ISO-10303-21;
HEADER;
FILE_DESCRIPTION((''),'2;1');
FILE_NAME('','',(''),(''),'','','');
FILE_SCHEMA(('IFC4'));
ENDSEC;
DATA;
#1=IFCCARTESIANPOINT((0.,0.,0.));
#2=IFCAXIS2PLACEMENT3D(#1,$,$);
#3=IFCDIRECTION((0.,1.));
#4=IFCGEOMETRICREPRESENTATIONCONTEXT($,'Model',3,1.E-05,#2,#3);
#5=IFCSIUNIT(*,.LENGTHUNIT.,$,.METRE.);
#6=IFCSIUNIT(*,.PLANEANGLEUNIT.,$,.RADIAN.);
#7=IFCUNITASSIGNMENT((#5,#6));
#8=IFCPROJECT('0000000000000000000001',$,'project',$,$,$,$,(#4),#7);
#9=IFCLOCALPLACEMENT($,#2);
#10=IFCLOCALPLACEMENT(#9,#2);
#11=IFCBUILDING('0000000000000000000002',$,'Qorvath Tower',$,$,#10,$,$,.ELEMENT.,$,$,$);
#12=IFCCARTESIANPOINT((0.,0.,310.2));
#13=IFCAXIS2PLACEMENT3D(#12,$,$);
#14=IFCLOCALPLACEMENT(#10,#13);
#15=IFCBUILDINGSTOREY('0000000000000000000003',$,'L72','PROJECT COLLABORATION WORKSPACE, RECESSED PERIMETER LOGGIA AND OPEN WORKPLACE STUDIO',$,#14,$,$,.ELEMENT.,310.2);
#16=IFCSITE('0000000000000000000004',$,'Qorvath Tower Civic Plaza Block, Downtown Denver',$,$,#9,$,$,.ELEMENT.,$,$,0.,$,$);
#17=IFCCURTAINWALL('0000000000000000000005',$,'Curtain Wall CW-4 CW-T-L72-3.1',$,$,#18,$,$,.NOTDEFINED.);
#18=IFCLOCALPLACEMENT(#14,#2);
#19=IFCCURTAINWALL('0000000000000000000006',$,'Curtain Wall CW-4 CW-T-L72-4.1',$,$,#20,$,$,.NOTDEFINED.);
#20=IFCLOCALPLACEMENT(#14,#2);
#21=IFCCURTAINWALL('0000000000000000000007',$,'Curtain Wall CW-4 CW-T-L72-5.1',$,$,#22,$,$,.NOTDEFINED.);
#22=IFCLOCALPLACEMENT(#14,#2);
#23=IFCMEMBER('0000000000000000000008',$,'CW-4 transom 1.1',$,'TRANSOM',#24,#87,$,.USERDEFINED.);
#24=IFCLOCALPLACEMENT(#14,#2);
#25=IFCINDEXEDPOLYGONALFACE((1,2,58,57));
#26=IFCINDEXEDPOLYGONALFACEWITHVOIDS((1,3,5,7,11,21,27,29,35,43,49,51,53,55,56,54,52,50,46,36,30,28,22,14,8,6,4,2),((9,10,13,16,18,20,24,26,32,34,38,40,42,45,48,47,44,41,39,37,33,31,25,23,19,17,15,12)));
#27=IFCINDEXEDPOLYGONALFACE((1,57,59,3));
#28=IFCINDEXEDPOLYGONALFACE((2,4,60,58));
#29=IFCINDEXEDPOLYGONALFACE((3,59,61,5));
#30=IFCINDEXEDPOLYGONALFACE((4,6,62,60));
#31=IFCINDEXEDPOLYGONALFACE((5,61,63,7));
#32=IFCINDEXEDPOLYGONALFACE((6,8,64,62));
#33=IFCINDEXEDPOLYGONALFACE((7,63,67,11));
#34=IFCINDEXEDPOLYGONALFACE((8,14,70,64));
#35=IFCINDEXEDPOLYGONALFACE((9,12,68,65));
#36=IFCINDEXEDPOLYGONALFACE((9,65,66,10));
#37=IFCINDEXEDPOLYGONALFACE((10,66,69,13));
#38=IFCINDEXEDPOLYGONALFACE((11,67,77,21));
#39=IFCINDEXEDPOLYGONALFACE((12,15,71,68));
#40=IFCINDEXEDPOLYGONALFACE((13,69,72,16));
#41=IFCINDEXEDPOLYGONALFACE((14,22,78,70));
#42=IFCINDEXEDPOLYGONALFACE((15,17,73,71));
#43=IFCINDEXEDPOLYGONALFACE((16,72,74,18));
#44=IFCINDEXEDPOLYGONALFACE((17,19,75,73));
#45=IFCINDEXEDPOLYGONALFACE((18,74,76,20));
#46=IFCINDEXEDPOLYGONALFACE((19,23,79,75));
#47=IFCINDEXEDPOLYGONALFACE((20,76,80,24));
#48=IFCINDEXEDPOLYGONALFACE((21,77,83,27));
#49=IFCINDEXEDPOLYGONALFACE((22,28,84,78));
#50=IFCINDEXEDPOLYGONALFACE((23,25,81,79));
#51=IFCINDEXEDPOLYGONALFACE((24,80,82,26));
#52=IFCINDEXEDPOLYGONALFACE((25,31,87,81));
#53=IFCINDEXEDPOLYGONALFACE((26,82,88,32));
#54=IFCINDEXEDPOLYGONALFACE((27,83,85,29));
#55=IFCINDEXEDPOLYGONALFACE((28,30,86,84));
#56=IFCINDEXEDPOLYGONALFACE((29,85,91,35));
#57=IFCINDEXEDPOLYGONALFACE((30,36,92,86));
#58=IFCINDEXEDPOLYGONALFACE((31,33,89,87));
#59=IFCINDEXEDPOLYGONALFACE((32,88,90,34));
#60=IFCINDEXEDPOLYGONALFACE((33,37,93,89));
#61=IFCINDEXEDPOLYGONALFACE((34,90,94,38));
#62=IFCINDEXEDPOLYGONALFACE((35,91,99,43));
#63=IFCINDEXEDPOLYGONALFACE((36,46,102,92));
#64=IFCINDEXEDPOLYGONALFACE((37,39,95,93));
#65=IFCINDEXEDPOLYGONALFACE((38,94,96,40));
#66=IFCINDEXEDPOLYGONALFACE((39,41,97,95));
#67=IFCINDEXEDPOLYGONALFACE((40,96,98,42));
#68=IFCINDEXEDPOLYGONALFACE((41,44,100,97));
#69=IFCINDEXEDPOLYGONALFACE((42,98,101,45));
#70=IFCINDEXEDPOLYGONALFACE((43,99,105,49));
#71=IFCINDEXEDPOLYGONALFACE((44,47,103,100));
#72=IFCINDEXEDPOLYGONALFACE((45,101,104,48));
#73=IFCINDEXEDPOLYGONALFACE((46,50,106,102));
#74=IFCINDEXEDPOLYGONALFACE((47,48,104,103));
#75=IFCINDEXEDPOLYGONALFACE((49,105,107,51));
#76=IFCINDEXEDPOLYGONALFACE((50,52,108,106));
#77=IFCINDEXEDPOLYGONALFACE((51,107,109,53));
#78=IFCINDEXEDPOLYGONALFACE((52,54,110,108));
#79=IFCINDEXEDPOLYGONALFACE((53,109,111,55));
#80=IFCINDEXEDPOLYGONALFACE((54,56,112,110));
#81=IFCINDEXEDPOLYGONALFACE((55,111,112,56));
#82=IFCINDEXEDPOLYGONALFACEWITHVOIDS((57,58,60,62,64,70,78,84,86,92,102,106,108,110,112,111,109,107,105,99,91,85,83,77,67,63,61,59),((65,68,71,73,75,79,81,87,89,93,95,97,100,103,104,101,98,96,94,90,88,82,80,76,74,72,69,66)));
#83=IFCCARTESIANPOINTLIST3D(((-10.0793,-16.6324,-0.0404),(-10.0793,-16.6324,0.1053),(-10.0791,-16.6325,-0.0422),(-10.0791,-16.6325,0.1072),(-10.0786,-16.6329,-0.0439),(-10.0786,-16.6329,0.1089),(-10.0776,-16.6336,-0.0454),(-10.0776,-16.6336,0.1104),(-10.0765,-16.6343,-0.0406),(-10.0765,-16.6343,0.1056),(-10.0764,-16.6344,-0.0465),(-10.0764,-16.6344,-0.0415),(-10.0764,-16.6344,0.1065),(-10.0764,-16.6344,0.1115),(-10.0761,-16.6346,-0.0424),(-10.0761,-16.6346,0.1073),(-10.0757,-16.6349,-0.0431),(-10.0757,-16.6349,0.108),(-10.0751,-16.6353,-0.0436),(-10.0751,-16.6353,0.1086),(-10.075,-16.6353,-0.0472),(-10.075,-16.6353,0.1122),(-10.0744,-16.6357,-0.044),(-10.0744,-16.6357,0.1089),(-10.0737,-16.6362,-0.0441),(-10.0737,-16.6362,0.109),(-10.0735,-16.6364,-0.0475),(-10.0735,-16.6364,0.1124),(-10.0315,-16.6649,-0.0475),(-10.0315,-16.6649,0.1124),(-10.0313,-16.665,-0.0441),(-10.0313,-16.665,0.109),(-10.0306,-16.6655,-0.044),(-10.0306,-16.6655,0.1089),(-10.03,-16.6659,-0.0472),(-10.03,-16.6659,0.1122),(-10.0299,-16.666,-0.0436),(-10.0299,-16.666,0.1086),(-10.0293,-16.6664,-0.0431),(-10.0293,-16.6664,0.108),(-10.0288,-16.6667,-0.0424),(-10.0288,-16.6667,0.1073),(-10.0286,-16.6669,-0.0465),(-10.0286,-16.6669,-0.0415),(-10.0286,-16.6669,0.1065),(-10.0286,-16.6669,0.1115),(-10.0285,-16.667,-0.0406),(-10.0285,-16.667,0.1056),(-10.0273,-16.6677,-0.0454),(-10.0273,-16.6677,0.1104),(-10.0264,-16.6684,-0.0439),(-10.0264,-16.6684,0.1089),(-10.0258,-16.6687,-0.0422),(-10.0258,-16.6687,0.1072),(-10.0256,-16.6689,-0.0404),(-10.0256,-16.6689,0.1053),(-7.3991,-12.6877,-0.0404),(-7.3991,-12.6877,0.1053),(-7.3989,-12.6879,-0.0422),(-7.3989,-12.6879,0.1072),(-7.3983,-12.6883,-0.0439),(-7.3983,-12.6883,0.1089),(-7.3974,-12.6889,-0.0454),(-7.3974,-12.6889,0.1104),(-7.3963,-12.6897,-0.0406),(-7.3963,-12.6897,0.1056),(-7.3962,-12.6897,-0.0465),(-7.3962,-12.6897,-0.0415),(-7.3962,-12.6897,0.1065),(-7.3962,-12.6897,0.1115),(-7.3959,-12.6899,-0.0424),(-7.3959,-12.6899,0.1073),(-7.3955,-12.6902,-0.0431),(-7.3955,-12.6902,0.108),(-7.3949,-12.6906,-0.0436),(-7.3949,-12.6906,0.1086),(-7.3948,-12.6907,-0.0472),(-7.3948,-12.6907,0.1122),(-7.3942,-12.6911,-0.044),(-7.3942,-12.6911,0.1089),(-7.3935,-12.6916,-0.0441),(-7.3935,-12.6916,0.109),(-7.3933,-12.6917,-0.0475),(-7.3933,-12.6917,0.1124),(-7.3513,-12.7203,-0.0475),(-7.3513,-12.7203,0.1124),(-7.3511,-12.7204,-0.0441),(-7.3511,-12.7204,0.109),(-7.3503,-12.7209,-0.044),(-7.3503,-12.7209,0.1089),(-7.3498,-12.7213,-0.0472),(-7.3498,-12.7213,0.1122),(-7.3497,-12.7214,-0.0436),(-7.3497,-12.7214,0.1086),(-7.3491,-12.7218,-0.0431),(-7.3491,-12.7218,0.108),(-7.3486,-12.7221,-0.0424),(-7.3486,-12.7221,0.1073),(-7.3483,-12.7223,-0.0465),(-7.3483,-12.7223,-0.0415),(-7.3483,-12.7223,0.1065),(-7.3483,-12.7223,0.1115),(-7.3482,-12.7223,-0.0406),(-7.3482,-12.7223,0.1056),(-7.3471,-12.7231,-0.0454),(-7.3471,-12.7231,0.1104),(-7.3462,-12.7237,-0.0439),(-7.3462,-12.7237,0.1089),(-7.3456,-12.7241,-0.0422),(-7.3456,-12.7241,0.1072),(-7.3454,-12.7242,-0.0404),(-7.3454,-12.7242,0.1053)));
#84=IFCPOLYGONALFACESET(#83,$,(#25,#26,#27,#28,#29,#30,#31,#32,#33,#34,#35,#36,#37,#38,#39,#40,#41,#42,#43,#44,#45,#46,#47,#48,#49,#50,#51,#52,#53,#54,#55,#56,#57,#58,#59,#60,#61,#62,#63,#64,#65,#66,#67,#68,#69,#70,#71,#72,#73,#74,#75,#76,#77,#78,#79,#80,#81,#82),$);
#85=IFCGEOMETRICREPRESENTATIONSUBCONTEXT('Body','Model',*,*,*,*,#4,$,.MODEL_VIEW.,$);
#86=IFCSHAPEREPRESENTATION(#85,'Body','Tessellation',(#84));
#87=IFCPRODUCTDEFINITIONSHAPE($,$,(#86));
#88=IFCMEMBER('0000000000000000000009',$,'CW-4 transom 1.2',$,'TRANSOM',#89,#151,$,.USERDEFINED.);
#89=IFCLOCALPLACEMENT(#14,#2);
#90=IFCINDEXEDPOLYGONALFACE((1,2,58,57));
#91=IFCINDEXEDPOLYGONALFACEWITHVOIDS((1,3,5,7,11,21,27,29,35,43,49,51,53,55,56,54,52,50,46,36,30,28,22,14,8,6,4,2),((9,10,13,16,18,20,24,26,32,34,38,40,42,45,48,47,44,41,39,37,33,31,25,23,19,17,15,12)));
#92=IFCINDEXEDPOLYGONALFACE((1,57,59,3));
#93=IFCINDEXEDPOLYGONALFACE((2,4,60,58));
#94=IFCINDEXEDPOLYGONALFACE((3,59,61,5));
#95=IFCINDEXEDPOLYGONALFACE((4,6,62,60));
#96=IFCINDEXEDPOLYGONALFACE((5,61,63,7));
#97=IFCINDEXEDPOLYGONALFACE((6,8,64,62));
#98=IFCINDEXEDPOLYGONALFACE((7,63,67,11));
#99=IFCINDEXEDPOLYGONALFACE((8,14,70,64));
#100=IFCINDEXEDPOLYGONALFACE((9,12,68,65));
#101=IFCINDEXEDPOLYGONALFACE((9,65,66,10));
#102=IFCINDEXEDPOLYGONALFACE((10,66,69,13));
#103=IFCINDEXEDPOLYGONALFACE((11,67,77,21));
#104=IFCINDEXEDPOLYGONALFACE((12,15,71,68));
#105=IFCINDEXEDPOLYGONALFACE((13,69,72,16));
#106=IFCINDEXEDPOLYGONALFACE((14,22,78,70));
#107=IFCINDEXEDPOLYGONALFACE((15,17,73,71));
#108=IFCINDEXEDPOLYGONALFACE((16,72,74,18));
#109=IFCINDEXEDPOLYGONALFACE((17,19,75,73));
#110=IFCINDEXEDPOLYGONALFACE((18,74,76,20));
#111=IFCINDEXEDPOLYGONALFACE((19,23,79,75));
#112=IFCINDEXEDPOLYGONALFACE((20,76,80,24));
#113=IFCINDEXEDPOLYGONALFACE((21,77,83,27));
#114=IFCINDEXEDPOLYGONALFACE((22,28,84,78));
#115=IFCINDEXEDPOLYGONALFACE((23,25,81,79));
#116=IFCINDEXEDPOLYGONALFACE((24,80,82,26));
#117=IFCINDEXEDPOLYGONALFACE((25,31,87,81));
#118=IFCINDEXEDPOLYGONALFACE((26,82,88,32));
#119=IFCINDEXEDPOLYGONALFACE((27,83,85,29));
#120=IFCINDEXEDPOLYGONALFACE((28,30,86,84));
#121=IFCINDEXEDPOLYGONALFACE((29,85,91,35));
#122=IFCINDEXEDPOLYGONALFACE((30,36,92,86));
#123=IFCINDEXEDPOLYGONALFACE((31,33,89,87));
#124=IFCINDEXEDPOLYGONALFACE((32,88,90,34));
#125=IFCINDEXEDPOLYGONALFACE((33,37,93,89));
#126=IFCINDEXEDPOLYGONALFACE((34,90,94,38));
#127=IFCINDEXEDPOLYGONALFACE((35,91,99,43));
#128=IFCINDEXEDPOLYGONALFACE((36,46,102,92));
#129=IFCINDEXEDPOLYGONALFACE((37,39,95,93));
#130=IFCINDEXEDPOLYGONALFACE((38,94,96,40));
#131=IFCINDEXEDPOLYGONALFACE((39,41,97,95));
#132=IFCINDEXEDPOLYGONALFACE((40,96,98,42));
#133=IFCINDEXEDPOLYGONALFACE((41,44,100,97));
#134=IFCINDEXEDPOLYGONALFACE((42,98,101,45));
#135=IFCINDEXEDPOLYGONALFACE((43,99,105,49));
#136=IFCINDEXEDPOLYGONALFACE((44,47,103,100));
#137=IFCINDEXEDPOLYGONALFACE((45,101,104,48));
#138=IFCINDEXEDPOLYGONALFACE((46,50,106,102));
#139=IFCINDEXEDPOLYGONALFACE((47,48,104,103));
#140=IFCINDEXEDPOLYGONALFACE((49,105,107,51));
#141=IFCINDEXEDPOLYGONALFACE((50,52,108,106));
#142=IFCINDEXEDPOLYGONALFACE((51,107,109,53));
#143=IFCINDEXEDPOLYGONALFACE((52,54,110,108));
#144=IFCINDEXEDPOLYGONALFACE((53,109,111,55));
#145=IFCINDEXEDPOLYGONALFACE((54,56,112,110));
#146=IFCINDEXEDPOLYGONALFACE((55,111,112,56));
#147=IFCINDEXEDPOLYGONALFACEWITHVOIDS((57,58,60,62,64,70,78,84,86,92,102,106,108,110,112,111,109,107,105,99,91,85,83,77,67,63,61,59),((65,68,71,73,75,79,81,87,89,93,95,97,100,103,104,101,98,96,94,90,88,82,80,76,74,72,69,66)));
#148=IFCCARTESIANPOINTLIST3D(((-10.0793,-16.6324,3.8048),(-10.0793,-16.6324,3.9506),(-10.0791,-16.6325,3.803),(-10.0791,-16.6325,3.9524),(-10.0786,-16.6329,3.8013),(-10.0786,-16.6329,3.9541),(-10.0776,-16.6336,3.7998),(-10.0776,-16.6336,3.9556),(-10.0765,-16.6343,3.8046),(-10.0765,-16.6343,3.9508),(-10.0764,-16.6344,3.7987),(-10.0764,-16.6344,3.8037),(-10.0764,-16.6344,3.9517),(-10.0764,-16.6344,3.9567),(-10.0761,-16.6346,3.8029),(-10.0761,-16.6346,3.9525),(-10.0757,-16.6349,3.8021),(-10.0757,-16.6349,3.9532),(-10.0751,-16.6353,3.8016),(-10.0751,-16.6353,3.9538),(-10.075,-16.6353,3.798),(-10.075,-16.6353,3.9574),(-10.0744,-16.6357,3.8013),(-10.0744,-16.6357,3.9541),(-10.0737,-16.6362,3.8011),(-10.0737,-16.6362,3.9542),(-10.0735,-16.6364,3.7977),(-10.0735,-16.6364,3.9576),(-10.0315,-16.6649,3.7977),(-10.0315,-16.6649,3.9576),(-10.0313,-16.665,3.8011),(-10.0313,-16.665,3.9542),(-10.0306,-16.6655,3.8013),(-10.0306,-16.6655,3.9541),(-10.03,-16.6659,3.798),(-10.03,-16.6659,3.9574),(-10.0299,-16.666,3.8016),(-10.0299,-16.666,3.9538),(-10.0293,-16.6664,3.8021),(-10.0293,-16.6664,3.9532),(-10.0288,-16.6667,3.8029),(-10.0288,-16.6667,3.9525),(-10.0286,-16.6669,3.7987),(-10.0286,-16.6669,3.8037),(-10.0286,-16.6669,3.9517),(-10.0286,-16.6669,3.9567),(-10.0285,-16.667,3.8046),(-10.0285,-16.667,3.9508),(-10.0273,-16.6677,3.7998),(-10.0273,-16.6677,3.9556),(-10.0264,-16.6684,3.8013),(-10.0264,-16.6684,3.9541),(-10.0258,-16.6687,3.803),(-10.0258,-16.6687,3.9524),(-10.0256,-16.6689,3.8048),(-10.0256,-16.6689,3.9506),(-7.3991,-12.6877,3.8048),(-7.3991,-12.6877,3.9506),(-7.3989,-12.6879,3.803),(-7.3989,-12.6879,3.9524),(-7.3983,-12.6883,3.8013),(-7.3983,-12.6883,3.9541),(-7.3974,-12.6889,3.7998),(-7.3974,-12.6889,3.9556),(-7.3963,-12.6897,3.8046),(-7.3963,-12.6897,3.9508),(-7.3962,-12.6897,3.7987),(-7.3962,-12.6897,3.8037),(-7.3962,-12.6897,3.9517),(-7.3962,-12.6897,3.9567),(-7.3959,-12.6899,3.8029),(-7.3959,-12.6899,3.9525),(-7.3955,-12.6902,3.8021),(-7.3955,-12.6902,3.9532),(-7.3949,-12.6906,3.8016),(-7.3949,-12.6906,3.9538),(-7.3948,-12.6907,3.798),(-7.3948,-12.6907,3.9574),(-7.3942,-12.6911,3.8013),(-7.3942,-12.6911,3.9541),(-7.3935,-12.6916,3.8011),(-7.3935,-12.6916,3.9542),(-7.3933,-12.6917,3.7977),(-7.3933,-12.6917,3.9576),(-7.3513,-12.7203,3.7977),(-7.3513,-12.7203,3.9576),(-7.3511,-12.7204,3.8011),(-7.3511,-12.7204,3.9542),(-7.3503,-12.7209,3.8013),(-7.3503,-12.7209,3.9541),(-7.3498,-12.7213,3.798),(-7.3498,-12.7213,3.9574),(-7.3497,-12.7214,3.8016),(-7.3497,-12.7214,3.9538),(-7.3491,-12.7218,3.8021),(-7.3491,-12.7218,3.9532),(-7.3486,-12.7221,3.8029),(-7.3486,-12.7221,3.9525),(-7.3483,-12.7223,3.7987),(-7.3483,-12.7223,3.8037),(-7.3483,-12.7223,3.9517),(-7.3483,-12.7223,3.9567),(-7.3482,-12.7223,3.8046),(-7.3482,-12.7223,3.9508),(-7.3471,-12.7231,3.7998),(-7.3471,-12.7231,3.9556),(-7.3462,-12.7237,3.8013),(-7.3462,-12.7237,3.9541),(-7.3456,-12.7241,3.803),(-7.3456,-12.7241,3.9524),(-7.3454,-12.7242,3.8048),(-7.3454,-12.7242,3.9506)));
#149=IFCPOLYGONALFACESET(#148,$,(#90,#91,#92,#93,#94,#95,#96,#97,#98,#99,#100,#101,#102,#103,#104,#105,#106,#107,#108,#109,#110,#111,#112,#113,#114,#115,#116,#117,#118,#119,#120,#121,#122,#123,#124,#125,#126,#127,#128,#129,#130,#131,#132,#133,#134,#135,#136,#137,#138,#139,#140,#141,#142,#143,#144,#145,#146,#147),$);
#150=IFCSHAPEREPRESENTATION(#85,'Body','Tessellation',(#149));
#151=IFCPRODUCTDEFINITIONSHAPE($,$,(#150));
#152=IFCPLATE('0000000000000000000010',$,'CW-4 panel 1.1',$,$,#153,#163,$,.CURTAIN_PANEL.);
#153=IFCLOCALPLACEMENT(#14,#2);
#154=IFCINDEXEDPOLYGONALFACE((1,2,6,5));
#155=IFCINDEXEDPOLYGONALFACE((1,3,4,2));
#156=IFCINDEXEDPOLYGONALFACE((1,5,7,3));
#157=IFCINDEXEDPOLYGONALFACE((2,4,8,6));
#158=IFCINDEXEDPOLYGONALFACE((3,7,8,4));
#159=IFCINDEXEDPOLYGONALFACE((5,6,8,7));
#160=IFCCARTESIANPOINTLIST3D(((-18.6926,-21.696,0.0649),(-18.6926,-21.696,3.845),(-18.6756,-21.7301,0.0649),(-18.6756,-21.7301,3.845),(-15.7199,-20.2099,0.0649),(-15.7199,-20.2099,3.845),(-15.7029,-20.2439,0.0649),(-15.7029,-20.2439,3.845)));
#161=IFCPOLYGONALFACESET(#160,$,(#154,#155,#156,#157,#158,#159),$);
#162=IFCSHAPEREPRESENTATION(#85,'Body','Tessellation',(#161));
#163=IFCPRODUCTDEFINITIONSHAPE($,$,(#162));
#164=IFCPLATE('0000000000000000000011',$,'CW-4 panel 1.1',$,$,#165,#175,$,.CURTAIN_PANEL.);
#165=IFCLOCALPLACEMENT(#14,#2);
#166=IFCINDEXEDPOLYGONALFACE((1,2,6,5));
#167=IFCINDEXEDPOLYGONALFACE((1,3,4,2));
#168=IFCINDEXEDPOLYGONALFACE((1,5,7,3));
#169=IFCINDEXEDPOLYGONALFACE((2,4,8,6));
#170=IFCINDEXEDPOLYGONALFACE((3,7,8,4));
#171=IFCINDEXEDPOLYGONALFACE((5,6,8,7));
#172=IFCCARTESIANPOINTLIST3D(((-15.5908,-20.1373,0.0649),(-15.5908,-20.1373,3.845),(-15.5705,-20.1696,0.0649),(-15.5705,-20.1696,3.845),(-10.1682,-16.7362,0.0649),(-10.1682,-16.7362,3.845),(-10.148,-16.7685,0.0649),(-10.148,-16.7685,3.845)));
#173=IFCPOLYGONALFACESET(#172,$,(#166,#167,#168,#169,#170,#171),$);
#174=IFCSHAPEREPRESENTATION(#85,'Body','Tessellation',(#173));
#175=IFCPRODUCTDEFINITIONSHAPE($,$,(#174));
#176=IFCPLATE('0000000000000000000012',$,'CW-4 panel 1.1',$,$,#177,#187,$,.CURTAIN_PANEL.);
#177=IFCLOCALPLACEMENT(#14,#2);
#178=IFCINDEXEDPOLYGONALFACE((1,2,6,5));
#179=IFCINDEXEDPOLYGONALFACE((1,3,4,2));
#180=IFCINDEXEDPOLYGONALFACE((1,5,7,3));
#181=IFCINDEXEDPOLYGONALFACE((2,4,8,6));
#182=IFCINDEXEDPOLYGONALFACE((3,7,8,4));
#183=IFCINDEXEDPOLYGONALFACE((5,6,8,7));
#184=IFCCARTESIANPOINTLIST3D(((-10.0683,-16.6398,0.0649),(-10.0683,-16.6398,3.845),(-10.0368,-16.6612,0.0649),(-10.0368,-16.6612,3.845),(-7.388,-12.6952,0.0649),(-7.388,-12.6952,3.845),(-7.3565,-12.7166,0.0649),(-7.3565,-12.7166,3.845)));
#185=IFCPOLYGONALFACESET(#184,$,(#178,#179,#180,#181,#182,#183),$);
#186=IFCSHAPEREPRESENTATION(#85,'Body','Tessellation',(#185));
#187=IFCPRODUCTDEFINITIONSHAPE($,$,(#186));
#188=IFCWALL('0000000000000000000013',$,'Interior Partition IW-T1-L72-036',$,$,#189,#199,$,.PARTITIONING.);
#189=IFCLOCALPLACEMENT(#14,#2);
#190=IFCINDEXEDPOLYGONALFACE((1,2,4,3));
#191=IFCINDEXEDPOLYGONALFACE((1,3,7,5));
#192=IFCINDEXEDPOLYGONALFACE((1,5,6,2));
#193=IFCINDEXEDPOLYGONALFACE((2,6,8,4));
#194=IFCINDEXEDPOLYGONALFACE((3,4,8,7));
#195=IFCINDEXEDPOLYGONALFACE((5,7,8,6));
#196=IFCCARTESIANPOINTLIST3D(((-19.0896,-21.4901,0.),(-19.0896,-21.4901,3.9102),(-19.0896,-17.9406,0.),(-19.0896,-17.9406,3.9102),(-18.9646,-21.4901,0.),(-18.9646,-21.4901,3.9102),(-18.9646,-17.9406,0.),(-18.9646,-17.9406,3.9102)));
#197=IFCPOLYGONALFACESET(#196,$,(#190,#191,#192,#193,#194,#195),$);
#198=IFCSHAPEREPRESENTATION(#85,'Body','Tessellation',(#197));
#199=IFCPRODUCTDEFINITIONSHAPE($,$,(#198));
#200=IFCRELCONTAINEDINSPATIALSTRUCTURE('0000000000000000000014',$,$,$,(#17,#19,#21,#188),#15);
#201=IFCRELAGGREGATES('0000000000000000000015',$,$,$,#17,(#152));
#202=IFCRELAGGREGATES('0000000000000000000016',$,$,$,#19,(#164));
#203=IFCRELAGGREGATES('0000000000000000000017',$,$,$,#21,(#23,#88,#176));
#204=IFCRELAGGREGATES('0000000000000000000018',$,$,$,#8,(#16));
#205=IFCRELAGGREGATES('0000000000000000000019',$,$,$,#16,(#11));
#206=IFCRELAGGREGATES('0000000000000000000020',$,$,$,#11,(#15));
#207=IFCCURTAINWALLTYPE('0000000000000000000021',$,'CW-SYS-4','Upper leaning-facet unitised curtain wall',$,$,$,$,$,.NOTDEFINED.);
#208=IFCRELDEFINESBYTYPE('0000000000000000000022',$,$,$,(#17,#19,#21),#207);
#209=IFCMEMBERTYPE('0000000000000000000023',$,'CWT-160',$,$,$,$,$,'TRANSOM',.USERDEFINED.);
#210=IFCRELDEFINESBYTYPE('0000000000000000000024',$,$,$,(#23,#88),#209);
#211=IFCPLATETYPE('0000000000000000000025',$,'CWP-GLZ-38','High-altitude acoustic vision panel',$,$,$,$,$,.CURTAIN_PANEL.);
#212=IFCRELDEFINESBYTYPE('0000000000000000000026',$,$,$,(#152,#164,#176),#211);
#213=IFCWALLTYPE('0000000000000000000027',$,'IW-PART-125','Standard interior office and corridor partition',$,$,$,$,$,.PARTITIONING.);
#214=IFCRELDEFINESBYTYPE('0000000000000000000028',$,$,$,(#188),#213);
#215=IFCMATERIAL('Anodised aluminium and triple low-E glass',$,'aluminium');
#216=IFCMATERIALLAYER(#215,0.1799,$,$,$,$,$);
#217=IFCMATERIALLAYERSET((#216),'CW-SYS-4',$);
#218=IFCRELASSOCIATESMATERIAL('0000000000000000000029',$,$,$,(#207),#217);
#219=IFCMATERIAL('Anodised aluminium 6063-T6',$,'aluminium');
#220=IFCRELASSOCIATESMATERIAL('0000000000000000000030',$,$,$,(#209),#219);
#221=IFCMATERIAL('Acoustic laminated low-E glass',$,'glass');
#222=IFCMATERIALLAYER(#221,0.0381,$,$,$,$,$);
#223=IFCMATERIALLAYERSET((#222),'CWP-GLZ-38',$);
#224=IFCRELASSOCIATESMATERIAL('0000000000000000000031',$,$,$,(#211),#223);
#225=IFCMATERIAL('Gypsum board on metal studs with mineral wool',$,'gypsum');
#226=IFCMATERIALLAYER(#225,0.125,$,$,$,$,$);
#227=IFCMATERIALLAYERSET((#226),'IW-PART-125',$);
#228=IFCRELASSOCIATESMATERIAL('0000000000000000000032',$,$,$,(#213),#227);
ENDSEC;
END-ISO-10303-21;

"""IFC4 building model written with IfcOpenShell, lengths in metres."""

from ifc_helpers import new_model, si_unit, direction, frame, frame_2d, origin, origin_2d, place, context, subcontext, project, spatial, rectangle, hollow_rectangle, extrude, material, layer, layer_set, material_profile, profile_set, type_object, element, aggregate, save


model = new_model("IFC4")

# Units and contexts
model_context = context("Model", 3, precision=1e-05, world=origin(), true_north=direction((0.0, 1.0)))
body_context = subcontext(model_context, "Body", "Model", "MODEL_VIEW")
ifc_project = project(units=[si_unit("LENGTHUNIT", "METRE"), si_unit("PLANEANGLEUNIT", "RADIAN")], contexts=[model_context])

# Site, building, storey
site_placement = place(None, origin())
site = spatial("IfcSite", under=ifc_project, at=site_placement, Name="Qorvath Tower Civic Plaza Block, Downtown Denver", CompositionType="ELEMENT", RefElevation=0.0)
building_placement = place(site_placement, origin())
building = spatial("IfcBuilding", under=site, at=building_placement, Name="Qorvath Tower", CompositionType="ELEMENT")
storey_placement = place(building_placement, frame((0.0, 0.0, 310.2)))
storey = spatial("IfcBuildingStorey", under=building, at=storey_placement, Name="L72", Description="PROJECT COLLABORATION WORKSPACE, RECESSED PERIMETER LOGGIA AND OPEN WORKPLACE STUDIO", CompositionType="ELEMENT", Elevation=310.2)

# Shared definitions
ifc_material_1 = material(Name="Anodised aluminium and triple low-E glass", Category="aluminium")
ifc_layer_1 = layer(ifc_material_1, 0.1799)
ifc_layer_set_1 = layer_set([ifc_layer_1], Name="CW-SYS-4")
curtain_wall_type = type_object("IfcCurtainWallType", Name="CW-SYS-4", Description="Upper leaning-facet unitised curtain wall", PredefinedType="NOTDEFINED", material=ifc_layer_set_1)

# Curtain walls
curtain_wall_1_placement = place(storey_placement, origin())
curtain_wall_1 = element("IfcCurtainWall", 1, at=curtain_wall_1_placement, inside=storey, type_object=curtain_wall_type, Name="Curtain Wall CW-4 CW-T-L72-3.1", PredefinedType="NOTDEFINED")
curtain_wall_2_placement = place(storey_placement, origin())
curtain_wall_2 = element("IfcCurtainWall", 2, at=curtain_wall_2_placement, inside=storey, type_object=curtain_wall_type, Name="Curtain Wall CW-4 CW-T-L72-4.1", PredefinedType="NOTDEFINED")

# Curtain wall
curtain_wall_3_placement = place(storey_placement, origin())
curtain_wall_3 = element("IfcCurtainWall", 3, at=curtain_wall_3_placement, inside=storey, type_object=curtain_wall_type, Name="Curtain Wall CW-4 CW-T-L72-5.1", PredefinedType="NOTDEFINED")

# Members
ifc_material_2 = material(Name="Anodised aluminium 6063-T6", Category="aluminium")
ifc_material_profile_1 = material_profile(ifc_material_2, hollow_rectangle(XDim=0.0649, YDim=0.1599, WallThickness=0.0034, InnerFilletRadius=0.0034, OuterFilletRadius=0.0071, at=origin_2d()), Name="CWT 160x65")
ifc_profile_set_1 = profile_set([ifc_material_profile_1], Name="Anodised aluminium 6063-T6")
member_type_1 = type_object("IfcMemberType", Name="CWT-160", ElementType="TRANSOM", PredefinedType="USERDEFINED", material=ifc_profile_set_1)
member_1_placement = place(storey_placement, frame((-10.0525, -16.6506, 0.0325), z_axis=(0.562003, 0.827135, 0.0), x_axis=(-0.827135, 0.562003, 0.0)))
member_1 = element("IfcMember", 4, at=member_1_placement, type_object=member_type_1, Name="CW-4 transom 1.1", ObjectType="TRANSOM", PredefinedType="USERDEFINED", context=body_context, shape_type="SweptSolid", body=[
    extrude(hollow_rectangle(XDim=0.0649, YDim=0.1599, WallThickness=0.0034, InnerFilletRadius=0.0034, OuterFilletRadius=0.0071, at=origin_2d()), origin(), (0.0, 0.0, 1.0), 4.769),
])
member_2_placement = place(storey_placement, frame((-10.0525, -16.6506, 3.8777), z_axis=(0.562003, 0.827135, 0.0), x_axis=(-0.827135, 0.562003, 0.0)))
member_2 = element("IfcMember", 5, at=member_2_placement, type_object=member_type_1, Name="CW-4 transom 1.2", ObjectType="TRANSOM", PredefinedType="USERDEFINED", context=body_context, shape_type="SweptSolid", body=[
    extrude(hollow_rectangle(XDim=0.0649, YDim=0.1599, WallThickness=0.0034, InnerFilletRadius=0.0034, OuterFilletRadius=0.0071, at=origin_2d()), origin(), (0.0, 0.0, 1.0), 4.769),
])

# Plates
ifc_material_3 = material(Name="Acoustic laminated low-E glass", Category="glass")
ifc_layer_2 = layer(ifc_material_3, 0.0381)
ifc_layer_set_2 = layer_set([ifc_layer_2], Name="CWP-GLZ-38")
plate_type = type_object("IfcPlateType", Name="CWP-GLZ-38", Description="High-altitude acoustic vision panel", PredefinedType="CURTAIN_PANEL", material=ifc_layer_set_2)
plate_1_placement = place(storey_placement, frame((-17.1978, -20.97, 0.0649), z_axis=(0.0, 0.0, 1.0), x_axis=(0.894456, 0.447156, 0.0)))
plate_1 = element("IfcPlate", 6, at=plate_1_placement, type_object=plate_type, Name="CW-4 panel 1.1", PredefinedType="CURTAIN_PANEL", context=body_context, shape_type="SweptSolid", body=[
    extrude(rectangle(XDim=3.3235, YDim=0.0381, at=origin_2d()), origin(), (0.0, 0.0, 1.0), 3.78),
])
aggregate(curtain_wall_1, [plate_1])
plate_2_placement = place(storey_placement, frame((-12.8694, -18.4529, 0.0649), z_axis=(0.0, 0.0, 1.0), x_axis=(0.847153, 0.531348, 0.0)))
plate_2 = element("IfcPlate", 7, at=plate_2_placement, type_object=plate_type, Name="CW-4 panel 1.1", PredefinedType="CURTAIN_PANEL", context=body_context, shape_type="SweptSolid", body=[
    extrude(rectangle(XDim=6.4009, YDim=0.0381, at=origin_2d()), origin(), (0.0, 0.0, 1.0), 3.78),
])
aggregate(curtain_wall_2, [plate_2])
plate_3_placement = place(storey_placement, frame((-8.7124, -14.6782, 0.0649), z_axis=(0.0, 0.0, 1.0), x_axis=(0.562025, 0.82712, 0.0)))
plate_3 = element("IfcPlate", 8, at=plate_3_placement, type_object=plate_type, Name="CW-4 panel 1.1", PredefinedType="CURTAIN_PANEL", context=body_context, shape_type="SweptSolid", body=[
    extrude(rectangle(XDim=4.769, YDim=0.0381, at=origin_2d()), origin(), (0.0, 0.0, 1.0), 3.78),
])
aggregate(curtain_wall_3, [member_1, member_2, plate_3])

# Wall
ifc_material_4 = material(Name="Gypsum board on metal studs with mineral wool", Category="gypsum")
ifc_layer_3 = layer(ifc_material_4, 0.125)
ifc_layer_set_3 = layer_set([ifc_layer_3], Name="IW-PART-125")
wall_type = type_object("IfcWallType", Name="IW-PART-125", Description="Standard interior office and corridor partition", PredefinedType="PARTITIONING", material=ifc_layer_set_3)
wall_1_placement = place(storey_placement, frame((-19.0271, -21.4902, 0.0), z_axis=(0.0, 0.0, 1.0), x_axis=(0.0, 1.0, 0.0)))
element("IfcWall", 9, at=wall_1_placement, inside=storey, type_object=wall_type, Name="Interior Partition IW-T1-L72-036", PredefinedType="PARTITIONING", context=body_context, shape_type="SweptSolid", body=[
    extrude(rectangle(XDim=3.5496, YDim=0.125, at=frame_2d((1.7749, 0.0))), origin(), (0.0, 0.0, 1.0), 3.9102),
])

save(model, "model.ifc")
